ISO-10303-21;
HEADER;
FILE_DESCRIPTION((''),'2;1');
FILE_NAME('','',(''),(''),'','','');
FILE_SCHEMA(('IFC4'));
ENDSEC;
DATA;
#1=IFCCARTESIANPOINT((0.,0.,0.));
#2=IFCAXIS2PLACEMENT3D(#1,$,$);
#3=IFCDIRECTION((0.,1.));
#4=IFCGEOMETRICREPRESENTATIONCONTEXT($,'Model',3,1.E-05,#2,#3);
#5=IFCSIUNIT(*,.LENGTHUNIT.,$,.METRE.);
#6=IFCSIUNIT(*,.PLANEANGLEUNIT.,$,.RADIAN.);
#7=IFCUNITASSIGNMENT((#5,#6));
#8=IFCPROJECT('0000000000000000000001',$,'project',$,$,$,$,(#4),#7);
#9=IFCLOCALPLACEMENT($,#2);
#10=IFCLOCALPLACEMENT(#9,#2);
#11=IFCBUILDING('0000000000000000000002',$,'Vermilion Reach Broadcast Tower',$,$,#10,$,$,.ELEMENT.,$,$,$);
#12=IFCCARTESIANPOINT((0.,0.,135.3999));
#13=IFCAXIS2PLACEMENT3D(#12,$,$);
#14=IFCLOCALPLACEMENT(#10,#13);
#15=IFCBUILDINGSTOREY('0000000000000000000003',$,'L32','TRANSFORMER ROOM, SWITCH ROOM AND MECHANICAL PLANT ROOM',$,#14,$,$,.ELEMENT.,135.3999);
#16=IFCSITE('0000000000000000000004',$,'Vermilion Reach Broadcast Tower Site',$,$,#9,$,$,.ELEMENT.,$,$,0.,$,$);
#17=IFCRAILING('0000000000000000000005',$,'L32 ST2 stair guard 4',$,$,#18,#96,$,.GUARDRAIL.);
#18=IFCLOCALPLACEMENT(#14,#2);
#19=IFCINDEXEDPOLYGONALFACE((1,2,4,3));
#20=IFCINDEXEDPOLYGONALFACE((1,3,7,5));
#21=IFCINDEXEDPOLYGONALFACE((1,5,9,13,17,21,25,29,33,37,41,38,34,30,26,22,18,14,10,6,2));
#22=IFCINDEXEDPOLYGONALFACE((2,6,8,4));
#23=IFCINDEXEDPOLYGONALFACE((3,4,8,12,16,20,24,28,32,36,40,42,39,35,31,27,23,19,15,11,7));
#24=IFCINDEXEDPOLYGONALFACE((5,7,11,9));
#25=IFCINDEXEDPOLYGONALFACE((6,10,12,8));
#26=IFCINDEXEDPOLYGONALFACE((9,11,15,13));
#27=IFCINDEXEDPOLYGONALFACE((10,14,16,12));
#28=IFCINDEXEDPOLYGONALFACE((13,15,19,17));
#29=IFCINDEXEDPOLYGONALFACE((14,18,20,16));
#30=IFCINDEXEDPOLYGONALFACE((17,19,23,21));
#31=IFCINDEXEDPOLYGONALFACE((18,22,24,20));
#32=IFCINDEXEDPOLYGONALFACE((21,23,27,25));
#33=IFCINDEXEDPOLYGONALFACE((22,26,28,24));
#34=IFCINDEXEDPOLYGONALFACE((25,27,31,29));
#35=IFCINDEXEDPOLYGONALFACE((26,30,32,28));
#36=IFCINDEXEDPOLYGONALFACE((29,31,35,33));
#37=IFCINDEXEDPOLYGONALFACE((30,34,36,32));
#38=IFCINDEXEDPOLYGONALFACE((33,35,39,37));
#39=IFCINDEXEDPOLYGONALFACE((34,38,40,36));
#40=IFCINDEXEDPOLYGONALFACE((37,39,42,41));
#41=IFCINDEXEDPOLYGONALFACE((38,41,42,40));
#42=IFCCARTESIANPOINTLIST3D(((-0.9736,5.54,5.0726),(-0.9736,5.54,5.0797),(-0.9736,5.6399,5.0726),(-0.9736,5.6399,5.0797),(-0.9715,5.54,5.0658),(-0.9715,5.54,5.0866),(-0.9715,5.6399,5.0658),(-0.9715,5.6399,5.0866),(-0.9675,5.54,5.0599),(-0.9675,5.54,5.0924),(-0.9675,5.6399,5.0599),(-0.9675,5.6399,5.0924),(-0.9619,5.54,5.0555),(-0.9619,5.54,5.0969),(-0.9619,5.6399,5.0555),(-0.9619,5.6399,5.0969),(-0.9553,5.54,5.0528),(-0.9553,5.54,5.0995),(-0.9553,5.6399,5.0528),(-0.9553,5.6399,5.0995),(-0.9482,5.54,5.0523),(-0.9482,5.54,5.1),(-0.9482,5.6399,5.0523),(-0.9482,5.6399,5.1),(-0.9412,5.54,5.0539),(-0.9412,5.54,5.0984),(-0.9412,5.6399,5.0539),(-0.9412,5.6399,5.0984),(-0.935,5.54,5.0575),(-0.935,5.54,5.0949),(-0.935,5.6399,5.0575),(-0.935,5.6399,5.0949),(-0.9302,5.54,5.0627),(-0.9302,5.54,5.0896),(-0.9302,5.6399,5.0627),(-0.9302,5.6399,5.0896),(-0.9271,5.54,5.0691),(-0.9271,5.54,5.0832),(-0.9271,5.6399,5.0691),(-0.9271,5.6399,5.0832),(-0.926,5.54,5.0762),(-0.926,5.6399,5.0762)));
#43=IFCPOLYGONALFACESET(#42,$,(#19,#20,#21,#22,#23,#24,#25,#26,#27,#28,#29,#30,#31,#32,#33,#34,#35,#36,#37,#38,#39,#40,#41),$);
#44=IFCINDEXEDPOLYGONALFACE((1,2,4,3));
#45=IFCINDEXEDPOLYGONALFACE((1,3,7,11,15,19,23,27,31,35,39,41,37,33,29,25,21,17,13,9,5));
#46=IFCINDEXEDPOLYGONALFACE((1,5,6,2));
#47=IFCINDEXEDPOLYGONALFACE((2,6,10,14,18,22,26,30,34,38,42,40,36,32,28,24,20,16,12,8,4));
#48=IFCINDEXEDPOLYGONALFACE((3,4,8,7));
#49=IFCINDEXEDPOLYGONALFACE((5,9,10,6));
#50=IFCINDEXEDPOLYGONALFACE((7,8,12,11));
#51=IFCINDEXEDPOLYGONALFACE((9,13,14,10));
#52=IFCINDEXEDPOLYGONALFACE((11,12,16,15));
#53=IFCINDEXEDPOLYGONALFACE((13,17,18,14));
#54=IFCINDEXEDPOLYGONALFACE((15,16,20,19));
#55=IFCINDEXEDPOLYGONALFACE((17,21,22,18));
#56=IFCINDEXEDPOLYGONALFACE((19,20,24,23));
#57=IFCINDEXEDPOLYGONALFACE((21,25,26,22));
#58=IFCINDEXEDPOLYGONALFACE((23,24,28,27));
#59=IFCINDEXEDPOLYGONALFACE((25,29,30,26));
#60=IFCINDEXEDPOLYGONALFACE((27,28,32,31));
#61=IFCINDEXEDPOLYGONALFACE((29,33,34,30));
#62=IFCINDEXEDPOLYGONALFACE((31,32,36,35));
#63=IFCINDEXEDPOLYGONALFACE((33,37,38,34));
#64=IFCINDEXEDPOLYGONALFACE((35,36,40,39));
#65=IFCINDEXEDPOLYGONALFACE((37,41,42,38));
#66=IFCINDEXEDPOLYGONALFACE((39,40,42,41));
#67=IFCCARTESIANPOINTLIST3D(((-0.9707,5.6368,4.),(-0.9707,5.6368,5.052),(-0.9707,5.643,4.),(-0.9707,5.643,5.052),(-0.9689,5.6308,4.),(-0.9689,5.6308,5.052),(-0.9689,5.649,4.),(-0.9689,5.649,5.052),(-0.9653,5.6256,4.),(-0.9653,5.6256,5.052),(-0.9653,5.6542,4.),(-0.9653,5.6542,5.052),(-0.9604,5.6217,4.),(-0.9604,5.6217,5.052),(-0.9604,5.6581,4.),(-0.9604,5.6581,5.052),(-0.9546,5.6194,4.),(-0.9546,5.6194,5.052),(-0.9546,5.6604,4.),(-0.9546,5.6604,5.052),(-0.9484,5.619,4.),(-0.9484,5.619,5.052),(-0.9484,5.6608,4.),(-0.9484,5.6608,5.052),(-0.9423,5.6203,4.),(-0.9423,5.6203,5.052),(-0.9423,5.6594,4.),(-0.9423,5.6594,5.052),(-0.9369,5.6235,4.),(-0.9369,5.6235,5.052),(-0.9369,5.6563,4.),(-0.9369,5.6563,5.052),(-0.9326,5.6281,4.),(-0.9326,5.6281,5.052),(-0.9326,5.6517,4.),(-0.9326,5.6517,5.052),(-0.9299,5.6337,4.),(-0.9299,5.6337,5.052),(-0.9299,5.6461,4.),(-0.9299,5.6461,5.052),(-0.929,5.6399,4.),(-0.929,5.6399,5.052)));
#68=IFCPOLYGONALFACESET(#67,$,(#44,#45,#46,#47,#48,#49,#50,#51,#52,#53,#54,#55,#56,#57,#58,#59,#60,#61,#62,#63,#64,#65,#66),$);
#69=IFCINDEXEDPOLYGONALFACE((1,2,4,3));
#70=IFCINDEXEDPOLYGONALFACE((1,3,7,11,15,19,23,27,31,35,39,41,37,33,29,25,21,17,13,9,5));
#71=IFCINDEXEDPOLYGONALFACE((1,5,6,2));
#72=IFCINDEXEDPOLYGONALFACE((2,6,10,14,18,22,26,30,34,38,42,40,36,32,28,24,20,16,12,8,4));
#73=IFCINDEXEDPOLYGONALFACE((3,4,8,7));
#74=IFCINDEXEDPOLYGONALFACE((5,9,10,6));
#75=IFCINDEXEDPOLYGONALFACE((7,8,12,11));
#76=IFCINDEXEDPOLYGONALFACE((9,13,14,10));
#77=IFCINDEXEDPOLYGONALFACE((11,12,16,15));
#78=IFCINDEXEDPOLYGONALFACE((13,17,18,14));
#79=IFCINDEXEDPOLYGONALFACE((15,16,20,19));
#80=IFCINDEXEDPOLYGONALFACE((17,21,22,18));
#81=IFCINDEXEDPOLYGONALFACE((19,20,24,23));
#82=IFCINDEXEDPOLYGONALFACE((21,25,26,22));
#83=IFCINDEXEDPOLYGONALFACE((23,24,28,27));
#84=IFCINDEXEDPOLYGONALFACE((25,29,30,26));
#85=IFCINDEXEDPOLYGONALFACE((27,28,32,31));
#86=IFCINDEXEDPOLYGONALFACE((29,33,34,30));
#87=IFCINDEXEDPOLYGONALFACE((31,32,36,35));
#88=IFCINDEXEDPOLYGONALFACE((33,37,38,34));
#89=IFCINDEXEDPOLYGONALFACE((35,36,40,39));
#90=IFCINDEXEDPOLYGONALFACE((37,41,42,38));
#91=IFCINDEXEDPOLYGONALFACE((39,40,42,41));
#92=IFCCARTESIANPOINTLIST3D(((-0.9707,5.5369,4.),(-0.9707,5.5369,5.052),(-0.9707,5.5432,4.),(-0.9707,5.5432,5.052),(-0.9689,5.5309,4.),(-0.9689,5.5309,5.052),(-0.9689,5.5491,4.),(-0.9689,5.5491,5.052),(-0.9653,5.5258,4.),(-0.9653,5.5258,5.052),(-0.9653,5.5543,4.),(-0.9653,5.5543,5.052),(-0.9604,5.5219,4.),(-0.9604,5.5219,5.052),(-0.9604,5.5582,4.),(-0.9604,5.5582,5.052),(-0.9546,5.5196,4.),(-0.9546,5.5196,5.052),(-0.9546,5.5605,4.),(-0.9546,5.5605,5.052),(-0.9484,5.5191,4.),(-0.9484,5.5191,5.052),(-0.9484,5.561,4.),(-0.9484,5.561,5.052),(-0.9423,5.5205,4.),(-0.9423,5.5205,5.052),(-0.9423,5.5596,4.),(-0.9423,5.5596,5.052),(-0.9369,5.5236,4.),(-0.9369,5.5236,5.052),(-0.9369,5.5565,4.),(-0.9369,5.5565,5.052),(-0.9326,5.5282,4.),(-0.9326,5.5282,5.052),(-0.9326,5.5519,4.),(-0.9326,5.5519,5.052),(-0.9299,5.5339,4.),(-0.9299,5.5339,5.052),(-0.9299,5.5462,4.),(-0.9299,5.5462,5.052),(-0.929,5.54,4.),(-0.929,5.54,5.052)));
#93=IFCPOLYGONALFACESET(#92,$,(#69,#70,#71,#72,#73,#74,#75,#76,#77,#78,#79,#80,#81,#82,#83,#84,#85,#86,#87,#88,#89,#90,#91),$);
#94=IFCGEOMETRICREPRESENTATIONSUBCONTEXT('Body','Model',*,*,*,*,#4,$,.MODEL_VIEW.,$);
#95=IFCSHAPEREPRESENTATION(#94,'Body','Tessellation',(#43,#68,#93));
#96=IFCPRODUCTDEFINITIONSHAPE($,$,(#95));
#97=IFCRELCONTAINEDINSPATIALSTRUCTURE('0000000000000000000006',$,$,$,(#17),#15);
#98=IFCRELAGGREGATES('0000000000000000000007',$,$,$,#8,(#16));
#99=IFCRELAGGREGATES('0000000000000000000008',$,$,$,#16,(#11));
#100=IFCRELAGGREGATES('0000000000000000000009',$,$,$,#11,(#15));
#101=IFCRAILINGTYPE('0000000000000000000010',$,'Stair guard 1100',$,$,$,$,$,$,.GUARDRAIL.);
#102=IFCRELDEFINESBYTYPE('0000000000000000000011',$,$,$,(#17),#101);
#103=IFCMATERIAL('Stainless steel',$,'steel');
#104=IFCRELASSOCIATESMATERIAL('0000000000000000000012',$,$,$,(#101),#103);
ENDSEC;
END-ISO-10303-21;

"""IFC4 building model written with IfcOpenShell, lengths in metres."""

from ifc_helpers import new_model, si_unit, direction, frame, origin, origin_2d, place, context, subcontext, project, spatial, circle, extrude, material, type_object, element, save


model = new_model("IFC4")

# Units and contexts
model_context = context("Model", 3, precision=1e-05, world=origin(), true_north=direction((0.0, 1.0)))
body_context = subcontext(model_context, "Body", "Model", "MODEL_VIEW")
ifc_project = project(units=[si_unit("LENGTHUNIT", "METRE"), si_unit("PLANEANGLEUNIT", "RADIAN")], contexts=[model_context])

# Site, building, storey
site_placement = place(None, origin())
site = spatial("IfcSite", under=ifc_project, at=site_placement, Name="Vermilion Reach Broadcast Tower Site", CompositionType="ELEMENT", RefElevation=0.0)
building_placement = place(site_placement, origin())
building = spatial("IfcBuilding", under=site, at=building_placement, Name="Vermilion Reach Broadcast Tower", CompositionType="ELEMENT")
storey_placement = place(building_placement, frame((0.0, 0.0, 135.3999)))
storey = spatial("IfcBuildingStorey", under=building, at=storey_placement, Name="L32", Description="TRANSFORMER ROOM, SWITCH ROOM AND MECHANICAL PLANT ROOM", CompositionType="ELEMENT", Elevation=135.3999)

# Railing
ifc_material_1 = material(Name="Stainless steel", Category="steel")
railing_type_1 = type_object("IfcRailingType", Name="Stair guard 1100", PredefinedType="GUARDRAIL", material=ifc_material_1)
railing_1_placement = place(storey_placement, frame((-0.95, 5.6399, 4.0)))
element("IfcRailing", 1, at=railing_1_placement, inside=storey, type_object=railing_type_1, Name="L32 ST2 stair guard 4", PredefinedType="GUARDRAIL", context=body_context, shape_type="SweptSolid", body=[
    extrude(circle(Radius=0.0239, at=origin_2d()), frame((0.0, 0.0, 1.0762), z_axis=(0.0, -1.0, 0.0), x_axis=(1.0, 0.0, 0.0)), (0.0, 0.0, 1.0), 0.0999),
    extrude(circle(Radius=0.021, at=origin_2d()), origin(), (0.0, 0.0, 1.0), 1.052),
    extrude(circle(Radius=0.021, at=origin_2d()), frame((0.0, -0.0999, 0.0)), (0.0, 0.0, 1.0), 1.052),
])

save(model, "model.ifc")
